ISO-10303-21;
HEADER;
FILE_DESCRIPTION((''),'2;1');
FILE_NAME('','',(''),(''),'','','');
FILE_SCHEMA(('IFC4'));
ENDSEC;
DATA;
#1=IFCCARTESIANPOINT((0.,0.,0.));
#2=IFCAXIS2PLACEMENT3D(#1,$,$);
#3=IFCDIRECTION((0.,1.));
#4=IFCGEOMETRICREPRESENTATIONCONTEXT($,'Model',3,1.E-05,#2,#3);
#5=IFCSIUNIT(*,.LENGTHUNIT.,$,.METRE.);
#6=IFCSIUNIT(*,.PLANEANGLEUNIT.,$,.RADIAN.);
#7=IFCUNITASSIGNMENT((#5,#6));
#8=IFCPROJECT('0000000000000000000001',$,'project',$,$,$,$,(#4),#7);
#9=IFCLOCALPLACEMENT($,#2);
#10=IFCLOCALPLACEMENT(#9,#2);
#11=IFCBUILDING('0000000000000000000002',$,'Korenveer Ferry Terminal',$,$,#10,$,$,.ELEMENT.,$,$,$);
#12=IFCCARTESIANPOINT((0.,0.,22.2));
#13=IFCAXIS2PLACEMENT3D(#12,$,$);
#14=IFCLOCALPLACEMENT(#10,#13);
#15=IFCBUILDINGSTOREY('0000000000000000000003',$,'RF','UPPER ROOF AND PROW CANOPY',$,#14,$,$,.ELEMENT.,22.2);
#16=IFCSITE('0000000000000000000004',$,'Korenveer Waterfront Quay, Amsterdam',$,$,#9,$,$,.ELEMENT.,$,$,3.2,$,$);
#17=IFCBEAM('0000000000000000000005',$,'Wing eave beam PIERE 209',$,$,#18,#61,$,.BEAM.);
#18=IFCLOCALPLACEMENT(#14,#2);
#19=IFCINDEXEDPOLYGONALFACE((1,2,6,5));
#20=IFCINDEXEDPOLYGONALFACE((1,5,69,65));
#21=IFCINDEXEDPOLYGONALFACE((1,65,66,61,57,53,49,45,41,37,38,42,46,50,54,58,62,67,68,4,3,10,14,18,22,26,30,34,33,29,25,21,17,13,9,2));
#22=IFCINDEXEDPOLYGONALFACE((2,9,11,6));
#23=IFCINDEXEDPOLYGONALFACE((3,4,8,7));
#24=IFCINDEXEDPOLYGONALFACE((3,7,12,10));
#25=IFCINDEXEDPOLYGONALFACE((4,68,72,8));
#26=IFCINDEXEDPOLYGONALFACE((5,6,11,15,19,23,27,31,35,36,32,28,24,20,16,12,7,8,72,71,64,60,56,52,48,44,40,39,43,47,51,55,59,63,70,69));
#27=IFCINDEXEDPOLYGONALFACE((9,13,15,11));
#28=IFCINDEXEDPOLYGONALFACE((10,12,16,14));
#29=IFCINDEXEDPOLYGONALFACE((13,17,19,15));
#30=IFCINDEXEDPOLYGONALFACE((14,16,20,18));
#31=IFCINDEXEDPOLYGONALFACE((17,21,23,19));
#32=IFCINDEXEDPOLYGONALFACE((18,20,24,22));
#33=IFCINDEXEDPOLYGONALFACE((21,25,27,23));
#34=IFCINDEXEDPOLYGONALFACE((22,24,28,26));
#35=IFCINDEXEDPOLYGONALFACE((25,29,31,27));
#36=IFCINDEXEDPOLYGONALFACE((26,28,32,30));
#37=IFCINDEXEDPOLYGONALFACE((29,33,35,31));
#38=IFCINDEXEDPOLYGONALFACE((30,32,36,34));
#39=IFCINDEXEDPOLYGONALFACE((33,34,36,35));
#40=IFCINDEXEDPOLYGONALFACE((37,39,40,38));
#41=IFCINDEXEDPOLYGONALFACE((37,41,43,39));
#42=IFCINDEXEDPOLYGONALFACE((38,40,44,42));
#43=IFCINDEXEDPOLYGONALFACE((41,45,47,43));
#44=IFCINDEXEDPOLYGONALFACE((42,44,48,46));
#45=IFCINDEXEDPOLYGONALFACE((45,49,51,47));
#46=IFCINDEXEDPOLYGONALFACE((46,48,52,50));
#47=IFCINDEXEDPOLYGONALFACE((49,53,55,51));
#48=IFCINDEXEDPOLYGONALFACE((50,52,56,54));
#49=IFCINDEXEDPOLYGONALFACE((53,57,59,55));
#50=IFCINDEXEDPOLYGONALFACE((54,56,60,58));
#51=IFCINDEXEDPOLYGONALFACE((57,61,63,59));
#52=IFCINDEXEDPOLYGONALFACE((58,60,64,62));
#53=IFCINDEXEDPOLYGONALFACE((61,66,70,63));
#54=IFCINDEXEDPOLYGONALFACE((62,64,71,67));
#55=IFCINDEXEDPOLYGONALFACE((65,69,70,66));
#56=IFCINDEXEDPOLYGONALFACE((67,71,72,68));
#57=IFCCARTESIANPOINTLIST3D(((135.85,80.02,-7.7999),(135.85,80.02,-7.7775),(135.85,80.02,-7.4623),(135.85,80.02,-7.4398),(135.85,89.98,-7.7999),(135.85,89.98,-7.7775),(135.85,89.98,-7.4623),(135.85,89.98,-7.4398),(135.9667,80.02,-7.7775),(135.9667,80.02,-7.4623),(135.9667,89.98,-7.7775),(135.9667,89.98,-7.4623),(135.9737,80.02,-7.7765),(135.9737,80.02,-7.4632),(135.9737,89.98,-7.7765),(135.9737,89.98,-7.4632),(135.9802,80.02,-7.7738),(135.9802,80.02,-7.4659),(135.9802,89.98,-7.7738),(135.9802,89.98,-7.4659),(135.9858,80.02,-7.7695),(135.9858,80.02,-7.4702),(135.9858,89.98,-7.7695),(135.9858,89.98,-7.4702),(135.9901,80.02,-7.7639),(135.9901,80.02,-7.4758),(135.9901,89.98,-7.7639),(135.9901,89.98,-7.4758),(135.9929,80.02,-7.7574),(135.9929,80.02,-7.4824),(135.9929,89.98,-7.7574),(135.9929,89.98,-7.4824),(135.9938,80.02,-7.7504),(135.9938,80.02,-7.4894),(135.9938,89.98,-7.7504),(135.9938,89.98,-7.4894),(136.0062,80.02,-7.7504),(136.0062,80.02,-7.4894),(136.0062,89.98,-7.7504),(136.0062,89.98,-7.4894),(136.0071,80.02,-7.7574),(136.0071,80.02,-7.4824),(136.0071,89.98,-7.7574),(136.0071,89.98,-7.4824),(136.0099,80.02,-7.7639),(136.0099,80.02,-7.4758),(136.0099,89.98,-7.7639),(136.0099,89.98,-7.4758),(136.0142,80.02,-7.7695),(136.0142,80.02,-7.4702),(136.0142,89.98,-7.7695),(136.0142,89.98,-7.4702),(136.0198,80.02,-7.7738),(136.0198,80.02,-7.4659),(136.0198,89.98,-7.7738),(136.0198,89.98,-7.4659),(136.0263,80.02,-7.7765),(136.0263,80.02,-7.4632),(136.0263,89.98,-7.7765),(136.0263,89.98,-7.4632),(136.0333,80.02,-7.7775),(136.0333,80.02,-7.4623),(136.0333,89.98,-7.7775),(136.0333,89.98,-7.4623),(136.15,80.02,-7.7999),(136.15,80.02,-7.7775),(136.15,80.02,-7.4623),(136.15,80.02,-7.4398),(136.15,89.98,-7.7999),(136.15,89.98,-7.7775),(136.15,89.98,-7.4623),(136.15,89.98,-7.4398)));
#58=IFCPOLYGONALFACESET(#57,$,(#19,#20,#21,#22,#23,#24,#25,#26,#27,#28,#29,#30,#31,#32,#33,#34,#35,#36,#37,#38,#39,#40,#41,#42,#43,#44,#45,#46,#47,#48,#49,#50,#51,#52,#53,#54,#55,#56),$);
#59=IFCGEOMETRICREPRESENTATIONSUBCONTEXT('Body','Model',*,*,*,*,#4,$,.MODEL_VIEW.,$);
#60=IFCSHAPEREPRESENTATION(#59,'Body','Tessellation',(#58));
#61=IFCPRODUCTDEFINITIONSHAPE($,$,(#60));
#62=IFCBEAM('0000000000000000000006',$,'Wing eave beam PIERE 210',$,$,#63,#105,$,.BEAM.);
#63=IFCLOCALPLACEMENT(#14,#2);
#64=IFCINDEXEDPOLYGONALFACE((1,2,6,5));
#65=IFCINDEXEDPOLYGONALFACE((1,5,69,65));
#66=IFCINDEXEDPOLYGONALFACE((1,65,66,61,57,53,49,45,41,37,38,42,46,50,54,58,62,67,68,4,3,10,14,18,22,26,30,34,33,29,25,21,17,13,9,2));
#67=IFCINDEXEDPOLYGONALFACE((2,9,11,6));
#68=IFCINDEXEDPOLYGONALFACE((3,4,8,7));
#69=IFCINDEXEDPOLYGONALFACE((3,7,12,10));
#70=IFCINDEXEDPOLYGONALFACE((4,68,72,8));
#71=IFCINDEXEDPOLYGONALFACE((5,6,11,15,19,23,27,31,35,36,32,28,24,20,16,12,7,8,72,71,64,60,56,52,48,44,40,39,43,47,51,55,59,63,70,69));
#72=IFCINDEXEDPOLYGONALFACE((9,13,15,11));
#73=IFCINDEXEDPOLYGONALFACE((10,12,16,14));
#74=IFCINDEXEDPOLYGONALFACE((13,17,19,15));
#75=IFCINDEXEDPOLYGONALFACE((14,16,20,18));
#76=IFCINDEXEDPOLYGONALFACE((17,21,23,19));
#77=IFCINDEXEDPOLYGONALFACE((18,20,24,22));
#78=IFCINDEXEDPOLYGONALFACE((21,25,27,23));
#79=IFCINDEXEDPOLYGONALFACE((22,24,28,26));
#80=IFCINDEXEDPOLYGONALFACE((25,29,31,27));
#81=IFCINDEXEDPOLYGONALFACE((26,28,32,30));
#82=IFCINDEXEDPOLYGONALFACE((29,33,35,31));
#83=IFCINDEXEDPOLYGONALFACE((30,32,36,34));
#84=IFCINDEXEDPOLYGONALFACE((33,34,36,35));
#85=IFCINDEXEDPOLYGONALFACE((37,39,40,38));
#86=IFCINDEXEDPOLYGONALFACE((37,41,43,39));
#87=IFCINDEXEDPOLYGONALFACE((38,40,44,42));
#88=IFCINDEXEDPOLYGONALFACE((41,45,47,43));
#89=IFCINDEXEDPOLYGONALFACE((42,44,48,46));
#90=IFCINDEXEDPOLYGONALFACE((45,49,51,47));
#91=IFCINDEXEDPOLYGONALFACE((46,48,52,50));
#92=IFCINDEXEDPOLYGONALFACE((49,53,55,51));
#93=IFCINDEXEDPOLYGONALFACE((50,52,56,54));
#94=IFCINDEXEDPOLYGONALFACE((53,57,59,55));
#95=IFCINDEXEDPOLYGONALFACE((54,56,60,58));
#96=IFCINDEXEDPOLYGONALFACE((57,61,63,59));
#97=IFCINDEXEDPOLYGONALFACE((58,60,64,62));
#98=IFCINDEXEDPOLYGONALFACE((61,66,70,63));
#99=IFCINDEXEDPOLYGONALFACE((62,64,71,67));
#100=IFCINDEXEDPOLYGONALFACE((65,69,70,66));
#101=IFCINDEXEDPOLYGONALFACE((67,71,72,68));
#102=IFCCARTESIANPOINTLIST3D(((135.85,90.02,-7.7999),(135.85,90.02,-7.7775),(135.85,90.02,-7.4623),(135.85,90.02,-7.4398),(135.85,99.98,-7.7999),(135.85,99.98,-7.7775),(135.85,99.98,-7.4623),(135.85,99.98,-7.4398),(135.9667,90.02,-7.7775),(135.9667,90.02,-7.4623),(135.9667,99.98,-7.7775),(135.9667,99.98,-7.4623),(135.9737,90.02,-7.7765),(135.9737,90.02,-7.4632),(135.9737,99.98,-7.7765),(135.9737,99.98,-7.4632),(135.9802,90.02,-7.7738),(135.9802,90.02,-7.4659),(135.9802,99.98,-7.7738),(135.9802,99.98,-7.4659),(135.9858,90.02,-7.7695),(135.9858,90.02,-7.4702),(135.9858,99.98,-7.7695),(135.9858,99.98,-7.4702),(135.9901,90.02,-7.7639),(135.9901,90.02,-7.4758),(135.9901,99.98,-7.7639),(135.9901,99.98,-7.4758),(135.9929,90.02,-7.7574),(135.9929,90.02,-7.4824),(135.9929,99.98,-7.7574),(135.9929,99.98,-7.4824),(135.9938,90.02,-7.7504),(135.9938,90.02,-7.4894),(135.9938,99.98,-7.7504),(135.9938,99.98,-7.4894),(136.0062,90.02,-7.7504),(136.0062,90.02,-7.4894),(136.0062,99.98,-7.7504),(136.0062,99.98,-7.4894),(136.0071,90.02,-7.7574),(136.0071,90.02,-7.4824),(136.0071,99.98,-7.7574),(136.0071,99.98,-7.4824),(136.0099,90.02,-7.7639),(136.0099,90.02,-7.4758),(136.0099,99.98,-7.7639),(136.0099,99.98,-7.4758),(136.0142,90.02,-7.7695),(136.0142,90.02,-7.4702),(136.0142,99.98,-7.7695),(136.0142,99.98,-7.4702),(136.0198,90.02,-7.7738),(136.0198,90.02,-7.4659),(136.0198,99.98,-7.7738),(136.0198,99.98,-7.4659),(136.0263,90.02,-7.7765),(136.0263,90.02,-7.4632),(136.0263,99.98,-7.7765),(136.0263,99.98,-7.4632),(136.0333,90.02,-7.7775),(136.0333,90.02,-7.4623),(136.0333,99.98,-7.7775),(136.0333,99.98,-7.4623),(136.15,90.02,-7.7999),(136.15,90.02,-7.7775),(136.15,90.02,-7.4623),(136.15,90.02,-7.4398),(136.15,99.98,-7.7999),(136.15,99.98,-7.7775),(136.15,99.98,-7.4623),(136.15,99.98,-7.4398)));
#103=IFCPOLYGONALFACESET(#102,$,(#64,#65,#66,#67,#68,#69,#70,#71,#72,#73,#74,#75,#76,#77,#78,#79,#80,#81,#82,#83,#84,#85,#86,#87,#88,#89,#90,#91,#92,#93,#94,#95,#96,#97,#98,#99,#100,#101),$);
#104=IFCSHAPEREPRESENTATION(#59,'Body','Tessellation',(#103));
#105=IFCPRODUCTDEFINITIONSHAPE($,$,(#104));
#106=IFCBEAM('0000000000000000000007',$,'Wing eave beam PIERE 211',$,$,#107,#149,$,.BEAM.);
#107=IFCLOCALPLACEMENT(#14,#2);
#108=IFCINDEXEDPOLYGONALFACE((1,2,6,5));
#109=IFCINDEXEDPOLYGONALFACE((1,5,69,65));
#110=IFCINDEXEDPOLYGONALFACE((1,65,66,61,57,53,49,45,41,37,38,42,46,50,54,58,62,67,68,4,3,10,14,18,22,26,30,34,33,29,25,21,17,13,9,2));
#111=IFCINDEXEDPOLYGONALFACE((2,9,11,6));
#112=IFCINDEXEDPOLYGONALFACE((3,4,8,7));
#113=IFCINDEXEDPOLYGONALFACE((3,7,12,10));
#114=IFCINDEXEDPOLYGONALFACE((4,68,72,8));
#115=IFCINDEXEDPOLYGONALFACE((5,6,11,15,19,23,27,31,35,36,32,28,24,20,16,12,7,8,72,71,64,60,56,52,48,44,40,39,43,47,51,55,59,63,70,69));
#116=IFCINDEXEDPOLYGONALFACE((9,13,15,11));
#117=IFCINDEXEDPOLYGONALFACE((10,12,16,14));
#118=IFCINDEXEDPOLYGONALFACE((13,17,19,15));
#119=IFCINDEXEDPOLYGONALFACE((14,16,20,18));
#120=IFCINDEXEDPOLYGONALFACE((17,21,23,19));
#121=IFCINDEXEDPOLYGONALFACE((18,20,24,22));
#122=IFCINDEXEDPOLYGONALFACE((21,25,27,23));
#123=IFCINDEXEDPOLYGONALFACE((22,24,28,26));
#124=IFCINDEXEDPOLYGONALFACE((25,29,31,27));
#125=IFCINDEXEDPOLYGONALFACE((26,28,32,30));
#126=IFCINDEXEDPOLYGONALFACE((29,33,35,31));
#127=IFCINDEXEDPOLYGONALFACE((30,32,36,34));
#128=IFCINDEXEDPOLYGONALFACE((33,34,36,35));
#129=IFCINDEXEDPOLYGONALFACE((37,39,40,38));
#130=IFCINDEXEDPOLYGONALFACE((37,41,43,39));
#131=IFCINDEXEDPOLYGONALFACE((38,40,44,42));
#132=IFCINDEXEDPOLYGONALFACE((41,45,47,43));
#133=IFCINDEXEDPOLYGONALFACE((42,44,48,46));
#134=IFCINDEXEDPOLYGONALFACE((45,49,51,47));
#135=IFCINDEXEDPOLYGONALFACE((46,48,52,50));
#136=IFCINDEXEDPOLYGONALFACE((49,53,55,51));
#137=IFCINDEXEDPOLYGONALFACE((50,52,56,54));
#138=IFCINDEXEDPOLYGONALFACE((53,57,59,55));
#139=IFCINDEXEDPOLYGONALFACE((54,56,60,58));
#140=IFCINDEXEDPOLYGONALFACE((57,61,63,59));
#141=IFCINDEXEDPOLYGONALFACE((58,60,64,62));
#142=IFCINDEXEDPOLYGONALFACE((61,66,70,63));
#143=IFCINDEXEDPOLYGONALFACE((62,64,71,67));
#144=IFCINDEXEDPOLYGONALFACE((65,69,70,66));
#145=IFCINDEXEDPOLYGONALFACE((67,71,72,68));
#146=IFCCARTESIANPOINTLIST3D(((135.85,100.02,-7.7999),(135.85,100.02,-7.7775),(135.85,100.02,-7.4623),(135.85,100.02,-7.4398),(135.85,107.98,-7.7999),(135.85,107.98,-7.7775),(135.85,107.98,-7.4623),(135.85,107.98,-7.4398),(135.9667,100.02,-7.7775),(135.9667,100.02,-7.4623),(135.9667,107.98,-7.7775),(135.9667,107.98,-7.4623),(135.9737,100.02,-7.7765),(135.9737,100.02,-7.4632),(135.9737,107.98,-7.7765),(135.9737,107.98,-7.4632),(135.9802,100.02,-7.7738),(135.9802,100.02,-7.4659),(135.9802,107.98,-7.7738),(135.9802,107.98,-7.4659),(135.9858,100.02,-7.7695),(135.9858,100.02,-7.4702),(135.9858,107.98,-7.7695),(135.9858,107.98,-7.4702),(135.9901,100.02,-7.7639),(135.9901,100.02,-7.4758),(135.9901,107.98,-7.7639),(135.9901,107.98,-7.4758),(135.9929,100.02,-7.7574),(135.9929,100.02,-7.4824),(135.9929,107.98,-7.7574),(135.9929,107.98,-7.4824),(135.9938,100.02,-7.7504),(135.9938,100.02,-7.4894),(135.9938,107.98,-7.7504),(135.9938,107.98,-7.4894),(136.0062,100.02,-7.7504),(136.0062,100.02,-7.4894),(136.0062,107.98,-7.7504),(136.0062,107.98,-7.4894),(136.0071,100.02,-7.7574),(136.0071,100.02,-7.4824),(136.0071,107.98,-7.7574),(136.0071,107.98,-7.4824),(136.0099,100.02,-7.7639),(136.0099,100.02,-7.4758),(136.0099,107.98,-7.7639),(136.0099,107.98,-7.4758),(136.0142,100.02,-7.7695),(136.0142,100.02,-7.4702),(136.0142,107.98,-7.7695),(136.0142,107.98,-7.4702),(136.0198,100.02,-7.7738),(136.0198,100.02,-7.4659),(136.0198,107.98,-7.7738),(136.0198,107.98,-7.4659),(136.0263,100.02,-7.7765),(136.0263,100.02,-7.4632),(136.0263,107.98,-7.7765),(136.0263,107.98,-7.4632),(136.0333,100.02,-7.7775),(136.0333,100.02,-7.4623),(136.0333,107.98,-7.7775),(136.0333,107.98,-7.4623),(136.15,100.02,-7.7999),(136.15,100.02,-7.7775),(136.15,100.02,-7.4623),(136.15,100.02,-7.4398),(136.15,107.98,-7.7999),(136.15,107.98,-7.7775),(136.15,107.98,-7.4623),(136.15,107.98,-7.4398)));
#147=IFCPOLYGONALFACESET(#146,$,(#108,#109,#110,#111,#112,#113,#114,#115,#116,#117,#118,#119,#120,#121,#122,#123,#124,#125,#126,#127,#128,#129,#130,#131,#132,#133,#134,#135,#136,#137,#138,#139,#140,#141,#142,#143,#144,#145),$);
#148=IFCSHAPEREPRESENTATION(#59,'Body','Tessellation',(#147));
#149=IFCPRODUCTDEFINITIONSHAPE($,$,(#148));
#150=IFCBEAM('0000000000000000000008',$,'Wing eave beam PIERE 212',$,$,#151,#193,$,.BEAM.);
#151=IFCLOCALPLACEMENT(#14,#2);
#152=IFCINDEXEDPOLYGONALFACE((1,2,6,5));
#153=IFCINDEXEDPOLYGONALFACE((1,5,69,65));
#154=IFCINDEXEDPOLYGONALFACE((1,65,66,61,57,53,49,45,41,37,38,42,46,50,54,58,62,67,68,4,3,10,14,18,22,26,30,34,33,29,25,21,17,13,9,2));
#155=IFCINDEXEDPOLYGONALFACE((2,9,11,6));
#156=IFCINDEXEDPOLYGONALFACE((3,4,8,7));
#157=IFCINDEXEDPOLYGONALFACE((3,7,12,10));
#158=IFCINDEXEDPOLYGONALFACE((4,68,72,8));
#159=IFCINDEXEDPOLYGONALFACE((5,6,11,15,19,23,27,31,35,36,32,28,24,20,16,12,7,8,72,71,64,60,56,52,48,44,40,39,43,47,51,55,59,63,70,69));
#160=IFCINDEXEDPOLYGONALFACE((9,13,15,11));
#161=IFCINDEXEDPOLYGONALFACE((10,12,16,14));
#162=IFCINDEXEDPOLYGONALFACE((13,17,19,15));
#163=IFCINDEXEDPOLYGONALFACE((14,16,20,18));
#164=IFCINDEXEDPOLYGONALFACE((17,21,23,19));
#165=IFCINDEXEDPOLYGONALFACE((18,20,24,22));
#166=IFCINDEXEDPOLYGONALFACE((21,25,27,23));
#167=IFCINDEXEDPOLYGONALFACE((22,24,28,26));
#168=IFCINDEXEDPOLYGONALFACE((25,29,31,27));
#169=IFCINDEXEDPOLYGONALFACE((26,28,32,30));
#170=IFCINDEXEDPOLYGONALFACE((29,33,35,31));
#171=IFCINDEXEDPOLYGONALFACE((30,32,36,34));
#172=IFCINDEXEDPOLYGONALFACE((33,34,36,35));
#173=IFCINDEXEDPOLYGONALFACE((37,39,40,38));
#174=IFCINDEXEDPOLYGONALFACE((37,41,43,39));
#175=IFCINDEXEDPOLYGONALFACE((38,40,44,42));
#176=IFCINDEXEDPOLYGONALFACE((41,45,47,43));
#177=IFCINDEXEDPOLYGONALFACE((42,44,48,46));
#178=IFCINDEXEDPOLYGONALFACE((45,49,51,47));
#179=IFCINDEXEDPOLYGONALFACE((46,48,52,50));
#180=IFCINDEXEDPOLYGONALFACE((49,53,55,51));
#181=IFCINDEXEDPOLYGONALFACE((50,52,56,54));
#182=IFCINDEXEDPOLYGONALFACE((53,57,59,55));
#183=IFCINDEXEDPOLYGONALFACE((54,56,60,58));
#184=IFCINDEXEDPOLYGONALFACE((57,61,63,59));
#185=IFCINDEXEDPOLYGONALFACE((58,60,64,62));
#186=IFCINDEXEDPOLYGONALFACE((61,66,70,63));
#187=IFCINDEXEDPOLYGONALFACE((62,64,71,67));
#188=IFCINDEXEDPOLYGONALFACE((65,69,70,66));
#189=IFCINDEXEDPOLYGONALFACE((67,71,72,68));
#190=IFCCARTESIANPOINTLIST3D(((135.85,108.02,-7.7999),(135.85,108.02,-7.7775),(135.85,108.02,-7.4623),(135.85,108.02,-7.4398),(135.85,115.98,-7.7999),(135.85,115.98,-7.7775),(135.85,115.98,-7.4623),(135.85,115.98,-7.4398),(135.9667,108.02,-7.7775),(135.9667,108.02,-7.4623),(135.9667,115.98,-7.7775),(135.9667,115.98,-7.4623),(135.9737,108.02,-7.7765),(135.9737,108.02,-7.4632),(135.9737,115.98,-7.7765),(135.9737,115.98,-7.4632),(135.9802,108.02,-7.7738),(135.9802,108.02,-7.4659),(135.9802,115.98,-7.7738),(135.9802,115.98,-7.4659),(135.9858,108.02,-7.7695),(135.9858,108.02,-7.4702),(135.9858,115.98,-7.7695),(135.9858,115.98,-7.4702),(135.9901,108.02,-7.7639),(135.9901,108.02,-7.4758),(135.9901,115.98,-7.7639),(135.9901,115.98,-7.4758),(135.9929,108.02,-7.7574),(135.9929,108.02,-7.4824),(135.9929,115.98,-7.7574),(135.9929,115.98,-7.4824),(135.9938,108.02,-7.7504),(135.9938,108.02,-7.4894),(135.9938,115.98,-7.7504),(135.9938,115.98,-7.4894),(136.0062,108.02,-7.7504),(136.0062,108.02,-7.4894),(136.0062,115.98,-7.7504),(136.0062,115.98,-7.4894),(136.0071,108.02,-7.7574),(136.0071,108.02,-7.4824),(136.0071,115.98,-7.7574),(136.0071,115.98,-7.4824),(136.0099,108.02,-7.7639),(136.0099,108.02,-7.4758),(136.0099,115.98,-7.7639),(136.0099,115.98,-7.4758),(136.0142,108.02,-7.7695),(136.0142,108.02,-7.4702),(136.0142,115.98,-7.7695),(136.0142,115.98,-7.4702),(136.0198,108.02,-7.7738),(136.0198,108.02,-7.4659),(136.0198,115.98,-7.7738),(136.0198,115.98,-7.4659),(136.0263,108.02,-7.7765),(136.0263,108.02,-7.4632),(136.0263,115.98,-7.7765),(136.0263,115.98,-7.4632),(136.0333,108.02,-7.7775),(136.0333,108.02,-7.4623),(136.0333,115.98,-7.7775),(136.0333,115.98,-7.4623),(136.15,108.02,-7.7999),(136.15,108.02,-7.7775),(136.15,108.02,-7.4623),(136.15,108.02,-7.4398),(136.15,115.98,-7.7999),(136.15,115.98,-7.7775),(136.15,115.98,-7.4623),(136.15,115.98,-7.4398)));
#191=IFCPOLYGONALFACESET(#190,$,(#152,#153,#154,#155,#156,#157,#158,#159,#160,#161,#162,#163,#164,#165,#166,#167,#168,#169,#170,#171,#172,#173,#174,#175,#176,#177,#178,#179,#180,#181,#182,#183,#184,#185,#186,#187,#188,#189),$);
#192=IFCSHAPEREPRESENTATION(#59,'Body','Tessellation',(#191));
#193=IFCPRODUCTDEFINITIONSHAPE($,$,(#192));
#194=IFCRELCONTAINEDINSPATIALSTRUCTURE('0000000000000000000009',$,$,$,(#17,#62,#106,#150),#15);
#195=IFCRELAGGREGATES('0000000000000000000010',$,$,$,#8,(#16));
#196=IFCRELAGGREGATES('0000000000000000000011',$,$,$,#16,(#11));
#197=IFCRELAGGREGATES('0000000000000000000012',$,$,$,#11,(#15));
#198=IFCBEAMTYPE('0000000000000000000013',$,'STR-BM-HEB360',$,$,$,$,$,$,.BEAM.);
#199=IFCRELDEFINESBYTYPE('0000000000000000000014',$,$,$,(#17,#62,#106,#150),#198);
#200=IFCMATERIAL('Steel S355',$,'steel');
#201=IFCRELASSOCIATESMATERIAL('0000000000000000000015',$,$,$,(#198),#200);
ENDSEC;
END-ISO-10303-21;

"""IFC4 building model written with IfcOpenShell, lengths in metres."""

from ifc_helpers import new_model, si_unit, direction, frame, origin, origin_2d, place, context, subcontext, project, spatial, i_section, extrude, material, material_profile, profile_set, type_object, element, save


model = new_model("IFC4")

# Units and contexts
model_context = context("Model", 3, precision=1e-05, world=origin(), true_north=direction((0.0, 1.0)))
body_context = subcontext(model_context, "Body", "Model", "MODEL_VIEW")
ifc_project = project(units=[si_unit("LENGTHUNIT", "METRE"), si_unit("PLANEANGLEUNIT", "RADIAN")], contexts=[model_context])

# Site, building, storey
site_placement = place(None, origin())
site = spatial("IfcSite", under=ifc_project, at=site_placement, Name="Korenveer Waterfront Quay, Amsterdam", CompositionType="ELEMENT", RefElevation=3.2)
building_placement = place(site_placement, origin())
building = spatial("IfcBuilding", under=site, at=building_placement, Name="Korenveer Ferry Terminal", CompositionType="ELEMENT")
storey_placement = place(building_placement, frame((0.0, 0.0, 22.2)))
storey = spatial("IfcBuildingStorey", under=building, at=storey_placement, Name="RF", Description="UPPER ROOF AND PROW CANOPY", CompositionType="ELEMENT", Elevation=22.2)

# Beams
ifc_material_1 = material(Name="Steel S355", Category="steel")
ifc_material_profile_1 = material_profile(ifc_material_1, i_section(OverallWidth=0.3, OverallDepth=0.3601, WebThickness=0.0125, FlangeThickness=0.0225, FilletRadius=0.0271, at=origin_2d()), Name="HEB 360")
ifc_profile_set_1 = profile_set([ifc_material_profile_1], Name="Steel S355")
beam_type_1 = type_object("IfcBeamType", Name="STR-BM-HEB360", PredefinedType="BEAM", material=ifc_profile_set_1)
for number, where, z_axis, x_axis, name in (
    (1, (136.0, 80.02, -7.6199), (0.0, 1.0, 0.0), (-1.0, 0.0, 0.0), "Wing eave beam PIERE 209"),
    (2, (136.0, 90.02, -7.6199), (0.0, 1.0, 0.0), (-1.0, 0.0, 0.0), "Wing eave beam PIERE 210"),
):
    element("IfcBeam", number, at=place(storey_placement, frame(where, z_axis=z_axis, x_axis=x_axis)), inside=storey, type_object=beam_type_1, Name=name, PredefinedType="BEAM", context=body_context, shape_type="SweptSolid", body=[
        extrude(i_section(OverallWidth=0.3, OverallDepth=0.3601, WebThickness=0.0125, FlangeThickness=0.0225, FilletRadius=0.0271, at=origin_2d()), origin(), (0.0, 0.0, 1.0), 9.96),
    ])
for number, where, z_axis, x_axis, name in (
    (3, (136.0, 100.02, -7.6199), (0.0, 1.0, 0.0), (-1.0, 0.0, 0.0), "Wing eave beam PIERE 211"),
    (4, (136.0, 108.02, -7.6199), (0.0, 1.0, 0.0), (-1.0, 0.0, 0.0), "Wing eave beam PIERE 212"),
):
    element("IfcBeam", number, at=place(storey_placement, frame(where, z_axis=z_axis, x_axis=x_axis)), inside=storey, type_object=beam_type_1, Name=name, PredefinedType="BEAM", context=body_context, shape_type="SweptSolid", body=[
        extrude(i_section(OverallWidth=0.3, OverallDepth=0.3601, WebThickness=0.0125, FlangeThickness=0.0225, FilletRadius=0.0271, at=origin_2d()), origin(), (0.0, 0.0, 1.0), 7.96),
    ])

save(model, "model.ifc")
